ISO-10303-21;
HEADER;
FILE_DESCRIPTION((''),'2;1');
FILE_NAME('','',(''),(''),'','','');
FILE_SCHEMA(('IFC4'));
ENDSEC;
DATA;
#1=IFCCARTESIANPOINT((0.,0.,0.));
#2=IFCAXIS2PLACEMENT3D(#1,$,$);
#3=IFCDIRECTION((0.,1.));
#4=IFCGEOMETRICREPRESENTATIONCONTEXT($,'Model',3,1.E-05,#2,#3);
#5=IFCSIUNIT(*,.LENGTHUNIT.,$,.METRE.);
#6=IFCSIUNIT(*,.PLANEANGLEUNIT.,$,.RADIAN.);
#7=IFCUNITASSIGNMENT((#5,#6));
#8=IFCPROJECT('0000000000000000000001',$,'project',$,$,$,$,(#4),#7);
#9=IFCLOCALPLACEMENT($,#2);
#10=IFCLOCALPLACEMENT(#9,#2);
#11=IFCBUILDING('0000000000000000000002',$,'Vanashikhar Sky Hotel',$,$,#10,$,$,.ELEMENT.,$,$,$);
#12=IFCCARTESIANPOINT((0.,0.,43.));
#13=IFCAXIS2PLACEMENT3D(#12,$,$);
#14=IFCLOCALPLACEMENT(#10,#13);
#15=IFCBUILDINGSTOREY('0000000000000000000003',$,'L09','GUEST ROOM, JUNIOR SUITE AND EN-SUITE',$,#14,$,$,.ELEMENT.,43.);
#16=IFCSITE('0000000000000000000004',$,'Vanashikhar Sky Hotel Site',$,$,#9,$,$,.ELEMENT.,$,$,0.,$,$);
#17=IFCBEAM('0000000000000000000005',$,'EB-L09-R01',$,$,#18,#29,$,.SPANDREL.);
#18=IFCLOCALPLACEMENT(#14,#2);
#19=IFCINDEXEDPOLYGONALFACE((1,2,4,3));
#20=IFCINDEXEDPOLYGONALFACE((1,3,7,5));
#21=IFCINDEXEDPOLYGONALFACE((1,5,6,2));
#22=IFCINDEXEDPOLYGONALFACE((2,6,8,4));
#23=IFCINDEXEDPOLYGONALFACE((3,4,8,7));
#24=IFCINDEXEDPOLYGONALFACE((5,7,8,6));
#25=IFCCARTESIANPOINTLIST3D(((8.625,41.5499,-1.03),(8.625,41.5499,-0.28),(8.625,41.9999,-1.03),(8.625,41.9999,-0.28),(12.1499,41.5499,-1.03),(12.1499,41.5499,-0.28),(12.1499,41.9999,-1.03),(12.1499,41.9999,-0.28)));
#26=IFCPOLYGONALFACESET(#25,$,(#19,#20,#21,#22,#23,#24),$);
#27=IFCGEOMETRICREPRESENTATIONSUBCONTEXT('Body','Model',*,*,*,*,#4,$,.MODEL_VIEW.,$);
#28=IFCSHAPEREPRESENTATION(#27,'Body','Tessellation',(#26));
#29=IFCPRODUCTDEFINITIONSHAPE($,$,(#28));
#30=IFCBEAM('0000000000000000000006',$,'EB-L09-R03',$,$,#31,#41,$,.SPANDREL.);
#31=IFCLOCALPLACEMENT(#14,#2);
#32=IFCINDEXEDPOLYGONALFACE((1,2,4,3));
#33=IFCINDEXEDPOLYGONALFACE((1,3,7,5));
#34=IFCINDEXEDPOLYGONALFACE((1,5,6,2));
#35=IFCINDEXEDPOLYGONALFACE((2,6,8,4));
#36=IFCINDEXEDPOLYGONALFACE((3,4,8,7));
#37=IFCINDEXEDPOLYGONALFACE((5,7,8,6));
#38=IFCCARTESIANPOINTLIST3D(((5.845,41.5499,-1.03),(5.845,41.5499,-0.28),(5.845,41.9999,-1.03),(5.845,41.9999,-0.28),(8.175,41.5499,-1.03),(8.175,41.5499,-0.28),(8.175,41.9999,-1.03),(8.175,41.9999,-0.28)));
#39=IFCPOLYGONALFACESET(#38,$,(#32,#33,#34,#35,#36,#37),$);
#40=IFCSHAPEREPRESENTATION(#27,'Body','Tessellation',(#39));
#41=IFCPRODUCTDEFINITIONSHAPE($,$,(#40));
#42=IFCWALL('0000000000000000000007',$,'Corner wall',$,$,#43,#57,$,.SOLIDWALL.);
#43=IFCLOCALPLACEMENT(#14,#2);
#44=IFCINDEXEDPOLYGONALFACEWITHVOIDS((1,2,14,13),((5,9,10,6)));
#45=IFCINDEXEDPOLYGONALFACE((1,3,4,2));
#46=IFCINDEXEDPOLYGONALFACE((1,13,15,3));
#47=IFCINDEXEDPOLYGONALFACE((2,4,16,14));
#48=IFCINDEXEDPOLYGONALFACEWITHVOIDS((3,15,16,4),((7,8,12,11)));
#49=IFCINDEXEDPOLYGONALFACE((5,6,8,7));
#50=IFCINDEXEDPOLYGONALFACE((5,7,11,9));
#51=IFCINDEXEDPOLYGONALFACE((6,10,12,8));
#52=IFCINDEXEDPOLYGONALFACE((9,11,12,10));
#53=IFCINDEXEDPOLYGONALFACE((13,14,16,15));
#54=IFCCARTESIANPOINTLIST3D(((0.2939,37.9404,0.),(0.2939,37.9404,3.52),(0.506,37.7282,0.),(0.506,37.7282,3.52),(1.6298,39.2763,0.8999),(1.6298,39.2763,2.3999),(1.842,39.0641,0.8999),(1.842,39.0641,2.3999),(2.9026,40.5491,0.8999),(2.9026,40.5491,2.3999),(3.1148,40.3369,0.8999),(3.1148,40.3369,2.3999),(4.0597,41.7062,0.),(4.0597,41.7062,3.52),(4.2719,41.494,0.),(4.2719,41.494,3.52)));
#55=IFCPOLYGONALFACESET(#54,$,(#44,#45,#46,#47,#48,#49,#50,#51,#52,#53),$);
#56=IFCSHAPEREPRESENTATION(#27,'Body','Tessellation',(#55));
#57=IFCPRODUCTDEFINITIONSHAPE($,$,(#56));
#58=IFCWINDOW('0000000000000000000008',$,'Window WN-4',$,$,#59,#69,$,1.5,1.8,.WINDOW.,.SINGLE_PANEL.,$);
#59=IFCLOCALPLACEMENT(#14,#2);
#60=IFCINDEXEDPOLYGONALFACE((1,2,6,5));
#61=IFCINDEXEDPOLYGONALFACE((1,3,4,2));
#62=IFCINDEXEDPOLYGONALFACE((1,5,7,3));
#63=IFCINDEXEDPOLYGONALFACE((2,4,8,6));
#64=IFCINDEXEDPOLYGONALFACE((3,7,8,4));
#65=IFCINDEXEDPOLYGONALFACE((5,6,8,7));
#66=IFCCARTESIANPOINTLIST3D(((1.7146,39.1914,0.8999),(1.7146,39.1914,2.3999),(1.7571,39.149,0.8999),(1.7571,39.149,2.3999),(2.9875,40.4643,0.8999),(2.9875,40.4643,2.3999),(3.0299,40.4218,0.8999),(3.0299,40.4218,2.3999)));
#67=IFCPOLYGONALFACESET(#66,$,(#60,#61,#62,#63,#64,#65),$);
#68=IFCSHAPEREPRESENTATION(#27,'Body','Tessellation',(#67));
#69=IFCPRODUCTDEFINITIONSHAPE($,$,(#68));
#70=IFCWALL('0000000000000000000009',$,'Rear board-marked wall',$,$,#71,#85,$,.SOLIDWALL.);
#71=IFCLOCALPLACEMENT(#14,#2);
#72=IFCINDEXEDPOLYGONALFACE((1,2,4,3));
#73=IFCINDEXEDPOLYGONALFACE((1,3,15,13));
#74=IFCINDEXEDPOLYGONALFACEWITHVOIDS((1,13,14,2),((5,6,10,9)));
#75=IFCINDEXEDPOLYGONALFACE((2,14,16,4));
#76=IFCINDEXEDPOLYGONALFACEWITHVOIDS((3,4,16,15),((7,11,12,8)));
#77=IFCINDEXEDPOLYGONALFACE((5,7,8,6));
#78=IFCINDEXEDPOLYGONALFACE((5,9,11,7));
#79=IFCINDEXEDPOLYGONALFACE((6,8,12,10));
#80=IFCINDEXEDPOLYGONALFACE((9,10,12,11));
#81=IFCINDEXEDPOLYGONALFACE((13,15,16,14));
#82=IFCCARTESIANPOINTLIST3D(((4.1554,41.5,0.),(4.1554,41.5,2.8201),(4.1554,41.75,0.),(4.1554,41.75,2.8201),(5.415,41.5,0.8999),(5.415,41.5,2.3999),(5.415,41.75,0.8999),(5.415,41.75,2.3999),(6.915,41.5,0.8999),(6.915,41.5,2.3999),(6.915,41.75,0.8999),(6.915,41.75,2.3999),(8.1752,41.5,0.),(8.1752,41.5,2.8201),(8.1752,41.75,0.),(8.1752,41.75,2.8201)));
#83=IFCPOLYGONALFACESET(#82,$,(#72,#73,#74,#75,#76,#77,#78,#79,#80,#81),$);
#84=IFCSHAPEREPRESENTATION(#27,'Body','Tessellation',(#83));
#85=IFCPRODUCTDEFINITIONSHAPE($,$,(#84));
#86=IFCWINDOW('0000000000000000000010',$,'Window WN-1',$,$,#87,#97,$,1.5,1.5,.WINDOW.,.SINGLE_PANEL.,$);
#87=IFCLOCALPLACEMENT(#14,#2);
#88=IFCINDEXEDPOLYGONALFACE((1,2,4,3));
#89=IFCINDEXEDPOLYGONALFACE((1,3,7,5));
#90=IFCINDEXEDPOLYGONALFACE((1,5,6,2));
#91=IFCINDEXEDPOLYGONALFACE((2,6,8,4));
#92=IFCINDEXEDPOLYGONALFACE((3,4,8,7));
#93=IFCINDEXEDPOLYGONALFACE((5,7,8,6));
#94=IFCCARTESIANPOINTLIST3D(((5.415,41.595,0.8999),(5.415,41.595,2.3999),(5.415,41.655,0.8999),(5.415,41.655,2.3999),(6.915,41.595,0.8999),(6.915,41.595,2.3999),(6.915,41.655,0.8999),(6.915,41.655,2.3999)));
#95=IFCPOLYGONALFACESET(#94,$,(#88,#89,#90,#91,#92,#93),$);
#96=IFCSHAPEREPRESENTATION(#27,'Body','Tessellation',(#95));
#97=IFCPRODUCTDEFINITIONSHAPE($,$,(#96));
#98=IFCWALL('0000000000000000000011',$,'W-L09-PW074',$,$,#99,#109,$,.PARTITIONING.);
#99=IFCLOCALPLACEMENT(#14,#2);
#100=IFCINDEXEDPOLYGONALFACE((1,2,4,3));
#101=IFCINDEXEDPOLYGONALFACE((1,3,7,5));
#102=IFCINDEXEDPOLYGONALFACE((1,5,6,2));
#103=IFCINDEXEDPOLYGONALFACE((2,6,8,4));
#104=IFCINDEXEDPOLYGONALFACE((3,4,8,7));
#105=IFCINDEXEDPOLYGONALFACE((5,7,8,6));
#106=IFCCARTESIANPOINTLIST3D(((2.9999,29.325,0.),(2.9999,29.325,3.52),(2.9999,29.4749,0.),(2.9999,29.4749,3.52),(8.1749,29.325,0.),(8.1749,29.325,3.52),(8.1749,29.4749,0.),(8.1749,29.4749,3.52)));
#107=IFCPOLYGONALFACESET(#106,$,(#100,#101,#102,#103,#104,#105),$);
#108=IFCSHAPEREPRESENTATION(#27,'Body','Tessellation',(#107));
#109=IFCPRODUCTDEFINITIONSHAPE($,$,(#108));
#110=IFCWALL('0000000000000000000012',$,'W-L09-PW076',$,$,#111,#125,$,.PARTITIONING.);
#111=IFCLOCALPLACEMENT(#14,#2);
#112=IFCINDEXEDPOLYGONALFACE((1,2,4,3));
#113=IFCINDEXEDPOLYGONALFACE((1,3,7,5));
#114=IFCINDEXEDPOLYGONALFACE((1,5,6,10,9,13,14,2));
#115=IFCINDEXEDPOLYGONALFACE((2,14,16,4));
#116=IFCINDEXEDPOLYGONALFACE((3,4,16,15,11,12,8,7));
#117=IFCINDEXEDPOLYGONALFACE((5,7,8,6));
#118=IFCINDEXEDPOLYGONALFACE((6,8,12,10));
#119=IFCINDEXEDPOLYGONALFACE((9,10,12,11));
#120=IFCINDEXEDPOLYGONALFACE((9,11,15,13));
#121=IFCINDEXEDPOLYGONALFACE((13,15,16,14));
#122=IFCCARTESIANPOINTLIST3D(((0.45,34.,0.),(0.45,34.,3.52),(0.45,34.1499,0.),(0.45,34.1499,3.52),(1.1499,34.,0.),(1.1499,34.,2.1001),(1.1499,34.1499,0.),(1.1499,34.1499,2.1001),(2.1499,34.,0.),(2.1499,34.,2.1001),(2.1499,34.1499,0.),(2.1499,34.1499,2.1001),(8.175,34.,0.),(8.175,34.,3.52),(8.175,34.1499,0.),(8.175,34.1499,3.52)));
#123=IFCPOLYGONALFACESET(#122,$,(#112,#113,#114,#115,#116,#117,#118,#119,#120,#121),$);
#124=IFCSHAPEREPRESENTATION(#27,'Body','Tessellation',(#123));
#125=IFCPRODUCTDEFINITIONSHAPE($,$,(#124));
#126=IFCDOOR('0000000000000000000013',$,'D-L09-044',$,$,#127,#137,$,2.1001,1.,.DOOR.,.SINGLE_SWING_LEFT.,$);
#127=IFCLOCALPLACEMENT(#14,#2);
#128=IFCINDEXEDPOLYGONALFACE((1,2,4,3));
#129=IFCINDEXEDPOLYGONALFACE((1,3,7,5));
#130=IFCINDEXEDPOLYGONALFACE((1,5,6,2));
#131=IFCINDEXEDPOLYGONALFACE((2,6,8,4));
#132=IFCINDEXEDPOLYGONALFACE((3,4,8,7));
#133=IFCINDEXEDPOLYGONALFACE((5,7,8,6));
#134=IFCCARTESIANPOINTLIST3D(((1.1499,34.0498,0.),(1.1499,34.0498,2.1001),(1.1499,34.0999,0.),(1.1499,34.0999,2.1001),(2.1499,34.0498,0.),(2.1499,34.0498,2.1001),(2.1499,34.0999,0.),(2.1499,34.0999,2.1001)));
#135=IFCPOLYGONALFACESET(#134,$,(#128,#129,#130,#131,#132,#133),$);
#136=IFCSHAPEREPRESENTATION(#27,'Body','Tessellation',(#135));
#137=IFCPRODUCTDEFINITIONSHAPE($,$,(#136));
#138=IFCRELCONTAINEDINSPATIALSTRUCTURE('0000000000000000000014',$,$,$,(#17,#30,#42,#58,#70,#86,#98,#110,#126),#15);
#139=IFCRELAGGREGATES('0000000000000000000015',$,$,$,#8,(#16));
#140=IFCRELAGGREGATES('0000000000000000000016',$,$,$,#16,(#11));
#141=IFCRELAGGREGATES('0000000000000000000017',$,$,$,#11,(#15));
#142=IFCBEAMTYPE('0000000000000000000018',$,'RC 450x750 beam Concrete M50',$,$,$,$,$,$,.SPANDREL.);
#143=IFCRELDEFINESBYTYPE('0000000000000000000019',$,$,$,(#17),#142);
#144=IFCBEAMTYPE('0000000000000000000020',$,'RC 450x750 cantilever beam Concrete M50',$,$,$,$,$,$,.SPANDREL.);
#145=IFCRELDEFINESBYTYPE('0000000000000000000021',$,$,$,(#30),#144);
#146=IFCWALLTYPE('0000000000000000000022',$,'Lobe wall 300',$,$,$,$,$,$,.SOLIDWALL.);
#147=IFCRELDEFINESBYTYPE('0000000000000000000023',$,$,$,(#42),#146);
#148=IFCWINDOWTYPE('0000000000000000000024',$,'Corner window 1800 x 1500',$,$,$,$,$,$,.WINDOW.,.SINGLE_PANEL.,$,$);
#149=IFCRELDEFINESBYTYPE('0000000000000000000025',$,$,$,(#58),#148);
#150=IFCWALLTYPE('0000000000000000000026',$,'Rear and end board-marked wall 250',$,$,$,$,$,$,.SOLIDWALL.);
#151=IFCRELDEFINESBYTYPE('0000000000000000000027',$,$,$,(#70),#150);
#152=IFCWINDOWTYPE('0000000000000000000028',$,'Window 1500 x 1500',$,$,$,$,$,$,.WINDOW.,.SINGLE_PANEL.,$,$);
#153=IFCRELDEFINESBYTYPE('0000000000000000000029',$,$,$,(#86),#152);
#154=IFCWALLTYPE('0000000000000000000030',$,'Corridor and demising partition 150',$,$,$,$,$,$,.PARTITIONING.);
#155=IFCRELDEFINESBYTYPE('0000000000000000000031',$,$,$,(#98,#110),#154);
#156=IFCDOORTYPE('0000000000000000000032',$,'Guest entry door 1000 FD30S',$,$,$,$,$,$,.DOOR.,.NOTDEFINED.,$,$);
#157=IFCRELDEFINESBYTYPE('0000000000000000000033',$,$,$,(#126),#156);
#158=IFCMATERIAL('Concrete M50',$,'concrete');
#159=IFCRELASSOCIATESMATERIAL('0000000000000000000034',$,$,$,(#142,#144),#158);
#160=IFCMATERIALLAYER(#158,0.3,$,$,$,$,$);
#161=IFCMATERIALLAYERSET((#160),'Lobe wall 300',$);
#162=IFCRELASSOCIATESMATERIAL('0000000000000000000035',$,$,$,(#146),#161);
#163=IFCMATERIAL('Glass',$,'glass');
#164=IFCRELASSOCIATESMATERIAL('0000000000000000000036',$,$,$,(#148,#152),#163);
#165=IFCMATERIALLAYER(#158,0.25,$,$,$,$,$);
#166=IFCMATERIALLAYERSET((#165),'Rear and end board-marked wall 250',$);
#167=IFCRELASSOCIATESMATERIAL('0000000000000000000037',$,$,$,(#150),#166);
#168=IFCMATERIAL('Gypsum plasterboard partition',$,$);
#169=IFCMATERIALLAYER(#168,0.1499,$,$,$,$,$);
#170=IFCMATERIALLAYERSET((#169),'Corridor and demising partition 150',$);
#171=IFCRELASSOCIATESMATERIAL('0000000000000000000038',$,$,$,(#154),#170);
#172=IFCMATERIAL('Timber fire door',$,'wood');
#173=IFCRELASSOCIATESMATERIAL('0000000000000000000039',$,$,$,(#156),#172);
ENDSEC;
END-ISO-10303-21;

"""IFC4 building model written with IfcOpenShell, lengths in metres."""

from ifc_helpers import new_model, si_unit, direction, frame, frame_2d, origin, origin_2d, place, context, subcontext, project, spatial, rectangle, extrude, source, transform, mapped, material, layer, layer_set, material_profile, profile_set, type_object, element, fill, save


model = new_model("IFC4")

# Units and contexts
model_context = context("Model", 3, precision=1e-05, world=origin(), true_north=direction((0.0, 1.0)))
body_context = subcontext(model_context, "Body", "Model", "MODEL_VIEW")
ifc_project = project(units=[si_unit("LENGTHUNIT", "METRE"), si_unit("PLANEANGLEUNIT", "RADIAN")], contexts=[model_context])

# Site, building, storey
site_placement = place(None, origin())
site = spatial("IfcSite", under=ifc_project, at=site_placement, Name="Vanashikhar Sky Hotel Site", CompositionType="ELEMENT", RefElevation=0.0)
building_placement = place(site_placement, origin())
building = spatial("IfcBuilding", under=site, at=building_placement, Name="Vanashikhar Sky Hotel", CompositionType="ELEMENT")
storey_placement = place(building_placement, frame((0.0, 0.0, 43.0)))
storey = spatial("IfcBuildingStorey", under=building, at=storey_placement, Name="L09", Description="GUEST ROOM, JUNIOR SUITE AND EN-SUITE", CompositionType="ELEMENT", Elevation=43.0)

# Beams
ifc_material_1 = material(Name="Concrete M50", Category="concrete")
ifc_material_profile_1 = material_profile(ifc_material_1, rectangle(XDim=0.45, YDim=0.75, at=origin_2d()))
ifc_profile_set_1 = profile_set([ifc_material_profile_1], Name="RC 450x750 beam Concrete M50")
beam_type_1 = type_object("IfcBeamType", Name="RC 450x750 beam Concrete M50", PredefinedType="SPANDREL", material=ifc_profile_set_1)
shared_shape_1 = source(origin(), body_context, "Body", "SweptSolid", [
    extrude(rectangle(XDim=0.45, YDim=0.75, at=origin_2d()), origin(), (0.0, 0.0, 1.0), 3.5249),
])
beam_1_placement = place(storey_placement, frame((8.625, 41.7749, -0.655), z_axis=(1.0, 0.0, 0.0), x_axis=(0.0, 1.0, 0.0)))
element("IfcBeam", 1, at=beam_1_placement, inside=storey, type_object=beam_type_1, Name="EB-L09-R01", PredefinedType="SPANDREL", context=body_context, shape_type="MappedRepresentation", body=[
    mapped(shared_shape_1, transform((0.0, 0.0, 0.0), scale=1.0)),
])
ifc_material_profile_2 = material_profile(ifc_material_1, rectangle(XDim=0.45, YDim=0.75, at=origin_2d()))
ifc_profile_set_2 = profile_set([ifc_material_profile_2], Name="RC 450x750 cantilever beam Concrete M50")
beam_type_2 = type_object("IfcBeamType", Name="RC 450x750 cantilever beam Concrete M50", PredefinedType="SPANDREL", material=ifc_profile_set_2)
shared_shape_2 = source(origin(), body_context, "Body", "SweptSolid", [
    extrude(rectangle(XDim=0.45, YDim=0.75, at=origin_2d()), origin(), (0.0, 0.0, 1.0), 2.3301),
])
beam_2_placement = place(storey_placement, frame((5.845, 41.7749, -0.655), z_axis=(1.0, 0.0, 0.0), x_axis=(0.0, 1.0, 0.0)))
element("IfcBeam", 2, at=beam_2_placement, inside=storey, type_object=beam_type_2, Name="EB-L09-R03", PredefinedType="SPANDREL", context=body_context, shape_type="MappedRepresentation", body=[
    mapped(shared_shape_2, transform((0.0, 0.0, 0.0), scale=1.0)),
])

# Walls, openings, windows
ifc_layer_1 = layer(ifc_material_1, 0.3)
ifc_layer_set_1 = layer_set([ifc_layer_1], Name="Lobe wall 300")
wall_type_1 = type_object("IfcWallType", Name="Lobe wall 300", PredefinedType="SOLIDWALL", material=ifc_layer_set_1)
shared_shape_3 = source(origin(), body_context, "Body", "SweptSolid", [
    extrude(rectangle(XDim=5.3257, YDim=0.3, at=frame_2d((2.6628, 0.0))), origin(), (0.0, 0.0, 1.0), 3.52),
])
wall_1_placement = place(storey_placement, frame((4.1658, 41.6001, 0.0), z_axis=(0.0, 0.0, 1.0), x_axis=(-0.707107, -0.707107, 0.0)))
wall_1 = element("IfcWall", 3, at=wall_1_placement, inside=storey, type_object=wall_type_1, Name="Corner wall", PredefinedType="SOLIDWALL", context=body_context, shape_type="MappedRepresentation", body=[
    mapped(shared_shape_3, transform((0.0, 0.0, 0.0), scale=1.0)),
])
shared_shape_4 = source(origin(), body_context, "Body", "SweptSolid", [
    extrude(rectangle(XDim=1.8, YDim=1.5, at=frame_2d((0.8999, 0.75))), frame((0.0, 0.1602, 0.0), z_axis=(0.0, -1.0, 0.0), x_axis=(1.0, 0.0, 0.0)), (0.0, 0.0, 1.0), 0.3201),
])
opening_1_placement = place(wall_1_placement, frame((1.6365, 0.0, 0.8999)))
opening_1 = element("IfcOpeningElement", 4, at=opening_1_placement, cuts=wall_1, PredefinedType="OPENING", context=body_context, shape_type="MappedRepresentation", body=[
    mapped(shared_shape_4, transform((0.0, 0.0, 0.0), scale=1.0)),
])
ifc_material_2 = material(Name="Glass", Category="glass")
window_type_1 = type_object("IfcWindowType", Name="Corner window 1800 x 1500", PartitioningType="SINGLE_PANEL", PredefinedType="WINDOW", material=ifc_material_2)
shared_shape_5 = source(origin(), body_context, "Body", "SweptSolid", [
    extrude(rectangle(XDim=1.8, YDim=1.5, at=frame_2d((0.8999, 0.75))), frame((0.0, 0.03, 0.0), z_axis=(0.0, -1.0, 0.0), x_axis=(1.0, 0.0, 0.0)), (0.0, 0.0, 1.0), 0.0601),
])
window_1_placement = place(opening_1_placement, origin())
window_1 = element("IfcWindow", 5, at=window_1_placement, inside=storey, type_object=window_type_1, Name="Window WN-4", OverallHeight=1.5, OverallWidth=1.8, PartitioningType="SINGLE_PANEL", PredefinedType="WINDOW", context=body_context, shape_type="MappedRepresentation", body=[
    mapped(shared_shape_5, transform((0.0, 0.0, 0.0), scale=1.0)),
])
fill(opening_1, window_1)
ifc_layer_2 = layer(ifc_material_1, 0.25)
ifc_layer_set_2 = layer_set([ifc_layer_2], Name="Rear and end board-marked wall 250")
wall_type_2 = type_object("IfcWallType", Name="Rear and end board-marked wall 250", PredefinedType="SOLIDWALL", material=ifc_layer_set_2)
shared_shape_6 = source(origin(), body_context, "Body", "SweptSolid", [
    extrude(rectangle(XDim=4.0198, YDim=0.25, at=frame_2d((2.0098, 0.0))), origin(), (0.0, 0.0, 1.0), 2.8201),
])
wall_2_placement = place(storey_placement, frame((8.175, 41.625, 0.0), z_axis=(0.0, 0.0, 1.0), x_axis=(-1.0, 0.0, 0.0)))
wall_2 = element("IfcWall", 6, at=wall_2_placement, inside=storey, type_object=wall_type_2, Name="Rear board-marked wall", PredefinedType="SOLIDWALL", context=body_context, shape_type="MappedRepresentation", body=[
    mapped(shared_shape_6, transform((0.0, 0.0, 0.0), scale=1.0)),
])
shared_shape_7 = source(origin(), body_context, "Body", "SweptSolid", [
    extrude(rectangle(XDim=1.5, YDim=1.5, at=frame_2d((0.75, 0.75))), frame((0.0, 0.135, 0.0), z_axis=(0.0, -1.0, 0.0), x_axis=(1.0, 0.0, 0.0)), (0.0, 0.0, 1.0), 0.27),
])
opening_2_placement = place(wall_2_placement, frame((1.26, 0.0, 0.8999)))
opening_2 = element("IfcOpeningElement", 7, at=opening_2_placement, cuts=wall_2, PredefinedType="OPENING", context=body_context, shape_type="MappedRepresentation", body=[
    mapped(shared_shape_7, transform((0.0, 0.0, 0.0), scale=1.0)),
])
window_type_2 = type_object("IfcWindowType", Name="Window 1500 x 1500", PartitioningType="SINGLE_PANEL", PredefinedType="WINDOW", material=ifc_material_2)
shared_shape_8 = source(origin(), body_context, "Body", "SweptSolid", [
    extrude(rectangle(XDim=1.5, YDim=1.5, at=frame_2d((0.75, 0.75))), frame((0.0, 0.03, 0.0), z_axis=(0.0, -1.0, 0.0), x_axis=(1.0, 0.0, 0.0)), (0.0, 0.0, 1.0), 0.0601),
])
window_2_placement = place(opening_2_placement, origin())
window_2 = element("IfcWindow", 8, at=window_2_placement, inside=storey, type_object=window_type_2, Name="Window WN-1", OverallHeight=1.5, OverallWidth=1.5, PartitioningType="SINGLE_PANEL", PredefinedType="WINDOW", context=body_context, shape_type="MappedRepresentation", body=[
    mapped(shared_shape_8, transform((0.0, 0.0, 0.0), scale=1.0)),
])
fill(opening_2, window_2)

# Wall
ifc_material_3 = material(Name="Gypsum plasterboard partition")
ifc_layer_3 = layer(ifc_material_3, 0.1499)
ifc_layer_set_3 = layer_set([ifc_layer_3], Name="Corridor and demising partition 150")
wall_type_3 = type_object("IfcWallType", Name="Corridor and demising partition 150", PredefinedType="PARTITIONING", material=ifc_layer_set_3)
shared_shape_9 = source(origin(), body_context, "Body", "SweptSolid", [
    extrude(rectangle(XDim=5.175, YDim=0.1499, at=frame_2d((2.5874, 0.0))), origin(), (0.0, 0.0, 1.0), 3.52),
])
wall_3_placement = place(storey_placement, frame((3.0, 29.3999, 0.0), z_axis=(0.0, 0.0, 1.0), x_axis=(1.0, 0.0, 0.0)))
element("IfcWall", 9, at=wall_3_placement, inside=storey, type_object=wall_type_3, Name="W-L09-PW074", PredefinedType="PARTITIONING", context=body_context, shape_type="MappedRepresentation", body=[
    mapped(shared_shape_9, transform((0.0, 0.0, 0.0), scale=1.0)),
])

# Wall, opening, door
shared_shape_10 = source(origin(), body_context, "Body", "SweptSolid", [
    extrude(rectangle(XDim=7.7251, YDim=0.1499, at=frame_2d((3.8625, 0.0))), origin(), (0.0, 0.0, 1.0), 3.52),
])
wall_4_placement = place(storey_placement, frame((0.45, 34.075, 0.0), z_axis=(0.0, 0.0, 1.0), x_axis=(1.0, 0.0, 0.0)))
wall_4 = element("IfcWall", 10, at=wall_4_placement, inside=storey, type_object=wall_type_3, Name="W-L09-PW076", PredefinedType="PARTITIONING", context=body_context, shape_type="MappedRepresentation", body=[
    mapped(shared_shape_10, transform((0.0, 0.0, 0.0), scale=1.0)),
])
shared_shape_11 = source(origin(), body_context, "Body", "SweptSolid", [
    extrude(rectangle(XDim=1.0, YDim=2.1001, at=frame_2d((0.5, 1.05))), frame((0.0, 0.085, 0.0), z_axis=(0.0, -1.0, 0.0), x_axis=(1.0, 0.0, 0.0)), (0.0, 0.0, 1.0), 0.1699),
])
opening_3_placement = place(wall_4_placement, frame((0.7, 0.0, 0.0)))
opening_3 = element("IfcOpeningElement", 11, at=opening_3_placement, cuts=wall_4, PredefinedType="OPENING", context=body_context, shape_type="MappedRepresentation", body=[
    mapped(shared_shape_11, transform((0.0, 0.0, 0.0), scale=1.0)),
])
ifc_material_4 = material(Name="Timber fire door", Category="wood")
door_type_1 = type_object("IfcDoorType", Name="Guest entry door 1000 FD30S", OperationType="NOTDEFINED", PredefinedType="DOOR", material=ifc_material_4)
shared_shape_12 = source(origin(), body_context, "Body", "SweptSolid", [
    extrude(rectangle(XDim=1.0, YDim=2.1001, at=frame_2d((0.5, 1.05))), frame((0.0, 0.0249, 0.0), z_axis=(0.0, -1.0, 0.0), x_axis=(1.0, 0.0, 0.0)), (0.0, 0.0, 1.0), 0.05),
])
door_1_placement = place(opening_3_placement, origin())
door_1 = element("IfcDoor", 12, at=door_1_placement, inside=storey, type_object=door_type_1, Name="D-L09-044", OperationType="SINGLE_SWING_LEFT", OverallHeight=2.1001, OverallWidth=1.0, PredefinedType="DOOR", context=body_context, shape_type="MappedRepresentation", body=[
    mapped(shared_shape_12, transform((0.0, 0.0, 0.0), scale=1.0)),
])
fill(opening_3, door_1)

save(model, "model.ifc")
